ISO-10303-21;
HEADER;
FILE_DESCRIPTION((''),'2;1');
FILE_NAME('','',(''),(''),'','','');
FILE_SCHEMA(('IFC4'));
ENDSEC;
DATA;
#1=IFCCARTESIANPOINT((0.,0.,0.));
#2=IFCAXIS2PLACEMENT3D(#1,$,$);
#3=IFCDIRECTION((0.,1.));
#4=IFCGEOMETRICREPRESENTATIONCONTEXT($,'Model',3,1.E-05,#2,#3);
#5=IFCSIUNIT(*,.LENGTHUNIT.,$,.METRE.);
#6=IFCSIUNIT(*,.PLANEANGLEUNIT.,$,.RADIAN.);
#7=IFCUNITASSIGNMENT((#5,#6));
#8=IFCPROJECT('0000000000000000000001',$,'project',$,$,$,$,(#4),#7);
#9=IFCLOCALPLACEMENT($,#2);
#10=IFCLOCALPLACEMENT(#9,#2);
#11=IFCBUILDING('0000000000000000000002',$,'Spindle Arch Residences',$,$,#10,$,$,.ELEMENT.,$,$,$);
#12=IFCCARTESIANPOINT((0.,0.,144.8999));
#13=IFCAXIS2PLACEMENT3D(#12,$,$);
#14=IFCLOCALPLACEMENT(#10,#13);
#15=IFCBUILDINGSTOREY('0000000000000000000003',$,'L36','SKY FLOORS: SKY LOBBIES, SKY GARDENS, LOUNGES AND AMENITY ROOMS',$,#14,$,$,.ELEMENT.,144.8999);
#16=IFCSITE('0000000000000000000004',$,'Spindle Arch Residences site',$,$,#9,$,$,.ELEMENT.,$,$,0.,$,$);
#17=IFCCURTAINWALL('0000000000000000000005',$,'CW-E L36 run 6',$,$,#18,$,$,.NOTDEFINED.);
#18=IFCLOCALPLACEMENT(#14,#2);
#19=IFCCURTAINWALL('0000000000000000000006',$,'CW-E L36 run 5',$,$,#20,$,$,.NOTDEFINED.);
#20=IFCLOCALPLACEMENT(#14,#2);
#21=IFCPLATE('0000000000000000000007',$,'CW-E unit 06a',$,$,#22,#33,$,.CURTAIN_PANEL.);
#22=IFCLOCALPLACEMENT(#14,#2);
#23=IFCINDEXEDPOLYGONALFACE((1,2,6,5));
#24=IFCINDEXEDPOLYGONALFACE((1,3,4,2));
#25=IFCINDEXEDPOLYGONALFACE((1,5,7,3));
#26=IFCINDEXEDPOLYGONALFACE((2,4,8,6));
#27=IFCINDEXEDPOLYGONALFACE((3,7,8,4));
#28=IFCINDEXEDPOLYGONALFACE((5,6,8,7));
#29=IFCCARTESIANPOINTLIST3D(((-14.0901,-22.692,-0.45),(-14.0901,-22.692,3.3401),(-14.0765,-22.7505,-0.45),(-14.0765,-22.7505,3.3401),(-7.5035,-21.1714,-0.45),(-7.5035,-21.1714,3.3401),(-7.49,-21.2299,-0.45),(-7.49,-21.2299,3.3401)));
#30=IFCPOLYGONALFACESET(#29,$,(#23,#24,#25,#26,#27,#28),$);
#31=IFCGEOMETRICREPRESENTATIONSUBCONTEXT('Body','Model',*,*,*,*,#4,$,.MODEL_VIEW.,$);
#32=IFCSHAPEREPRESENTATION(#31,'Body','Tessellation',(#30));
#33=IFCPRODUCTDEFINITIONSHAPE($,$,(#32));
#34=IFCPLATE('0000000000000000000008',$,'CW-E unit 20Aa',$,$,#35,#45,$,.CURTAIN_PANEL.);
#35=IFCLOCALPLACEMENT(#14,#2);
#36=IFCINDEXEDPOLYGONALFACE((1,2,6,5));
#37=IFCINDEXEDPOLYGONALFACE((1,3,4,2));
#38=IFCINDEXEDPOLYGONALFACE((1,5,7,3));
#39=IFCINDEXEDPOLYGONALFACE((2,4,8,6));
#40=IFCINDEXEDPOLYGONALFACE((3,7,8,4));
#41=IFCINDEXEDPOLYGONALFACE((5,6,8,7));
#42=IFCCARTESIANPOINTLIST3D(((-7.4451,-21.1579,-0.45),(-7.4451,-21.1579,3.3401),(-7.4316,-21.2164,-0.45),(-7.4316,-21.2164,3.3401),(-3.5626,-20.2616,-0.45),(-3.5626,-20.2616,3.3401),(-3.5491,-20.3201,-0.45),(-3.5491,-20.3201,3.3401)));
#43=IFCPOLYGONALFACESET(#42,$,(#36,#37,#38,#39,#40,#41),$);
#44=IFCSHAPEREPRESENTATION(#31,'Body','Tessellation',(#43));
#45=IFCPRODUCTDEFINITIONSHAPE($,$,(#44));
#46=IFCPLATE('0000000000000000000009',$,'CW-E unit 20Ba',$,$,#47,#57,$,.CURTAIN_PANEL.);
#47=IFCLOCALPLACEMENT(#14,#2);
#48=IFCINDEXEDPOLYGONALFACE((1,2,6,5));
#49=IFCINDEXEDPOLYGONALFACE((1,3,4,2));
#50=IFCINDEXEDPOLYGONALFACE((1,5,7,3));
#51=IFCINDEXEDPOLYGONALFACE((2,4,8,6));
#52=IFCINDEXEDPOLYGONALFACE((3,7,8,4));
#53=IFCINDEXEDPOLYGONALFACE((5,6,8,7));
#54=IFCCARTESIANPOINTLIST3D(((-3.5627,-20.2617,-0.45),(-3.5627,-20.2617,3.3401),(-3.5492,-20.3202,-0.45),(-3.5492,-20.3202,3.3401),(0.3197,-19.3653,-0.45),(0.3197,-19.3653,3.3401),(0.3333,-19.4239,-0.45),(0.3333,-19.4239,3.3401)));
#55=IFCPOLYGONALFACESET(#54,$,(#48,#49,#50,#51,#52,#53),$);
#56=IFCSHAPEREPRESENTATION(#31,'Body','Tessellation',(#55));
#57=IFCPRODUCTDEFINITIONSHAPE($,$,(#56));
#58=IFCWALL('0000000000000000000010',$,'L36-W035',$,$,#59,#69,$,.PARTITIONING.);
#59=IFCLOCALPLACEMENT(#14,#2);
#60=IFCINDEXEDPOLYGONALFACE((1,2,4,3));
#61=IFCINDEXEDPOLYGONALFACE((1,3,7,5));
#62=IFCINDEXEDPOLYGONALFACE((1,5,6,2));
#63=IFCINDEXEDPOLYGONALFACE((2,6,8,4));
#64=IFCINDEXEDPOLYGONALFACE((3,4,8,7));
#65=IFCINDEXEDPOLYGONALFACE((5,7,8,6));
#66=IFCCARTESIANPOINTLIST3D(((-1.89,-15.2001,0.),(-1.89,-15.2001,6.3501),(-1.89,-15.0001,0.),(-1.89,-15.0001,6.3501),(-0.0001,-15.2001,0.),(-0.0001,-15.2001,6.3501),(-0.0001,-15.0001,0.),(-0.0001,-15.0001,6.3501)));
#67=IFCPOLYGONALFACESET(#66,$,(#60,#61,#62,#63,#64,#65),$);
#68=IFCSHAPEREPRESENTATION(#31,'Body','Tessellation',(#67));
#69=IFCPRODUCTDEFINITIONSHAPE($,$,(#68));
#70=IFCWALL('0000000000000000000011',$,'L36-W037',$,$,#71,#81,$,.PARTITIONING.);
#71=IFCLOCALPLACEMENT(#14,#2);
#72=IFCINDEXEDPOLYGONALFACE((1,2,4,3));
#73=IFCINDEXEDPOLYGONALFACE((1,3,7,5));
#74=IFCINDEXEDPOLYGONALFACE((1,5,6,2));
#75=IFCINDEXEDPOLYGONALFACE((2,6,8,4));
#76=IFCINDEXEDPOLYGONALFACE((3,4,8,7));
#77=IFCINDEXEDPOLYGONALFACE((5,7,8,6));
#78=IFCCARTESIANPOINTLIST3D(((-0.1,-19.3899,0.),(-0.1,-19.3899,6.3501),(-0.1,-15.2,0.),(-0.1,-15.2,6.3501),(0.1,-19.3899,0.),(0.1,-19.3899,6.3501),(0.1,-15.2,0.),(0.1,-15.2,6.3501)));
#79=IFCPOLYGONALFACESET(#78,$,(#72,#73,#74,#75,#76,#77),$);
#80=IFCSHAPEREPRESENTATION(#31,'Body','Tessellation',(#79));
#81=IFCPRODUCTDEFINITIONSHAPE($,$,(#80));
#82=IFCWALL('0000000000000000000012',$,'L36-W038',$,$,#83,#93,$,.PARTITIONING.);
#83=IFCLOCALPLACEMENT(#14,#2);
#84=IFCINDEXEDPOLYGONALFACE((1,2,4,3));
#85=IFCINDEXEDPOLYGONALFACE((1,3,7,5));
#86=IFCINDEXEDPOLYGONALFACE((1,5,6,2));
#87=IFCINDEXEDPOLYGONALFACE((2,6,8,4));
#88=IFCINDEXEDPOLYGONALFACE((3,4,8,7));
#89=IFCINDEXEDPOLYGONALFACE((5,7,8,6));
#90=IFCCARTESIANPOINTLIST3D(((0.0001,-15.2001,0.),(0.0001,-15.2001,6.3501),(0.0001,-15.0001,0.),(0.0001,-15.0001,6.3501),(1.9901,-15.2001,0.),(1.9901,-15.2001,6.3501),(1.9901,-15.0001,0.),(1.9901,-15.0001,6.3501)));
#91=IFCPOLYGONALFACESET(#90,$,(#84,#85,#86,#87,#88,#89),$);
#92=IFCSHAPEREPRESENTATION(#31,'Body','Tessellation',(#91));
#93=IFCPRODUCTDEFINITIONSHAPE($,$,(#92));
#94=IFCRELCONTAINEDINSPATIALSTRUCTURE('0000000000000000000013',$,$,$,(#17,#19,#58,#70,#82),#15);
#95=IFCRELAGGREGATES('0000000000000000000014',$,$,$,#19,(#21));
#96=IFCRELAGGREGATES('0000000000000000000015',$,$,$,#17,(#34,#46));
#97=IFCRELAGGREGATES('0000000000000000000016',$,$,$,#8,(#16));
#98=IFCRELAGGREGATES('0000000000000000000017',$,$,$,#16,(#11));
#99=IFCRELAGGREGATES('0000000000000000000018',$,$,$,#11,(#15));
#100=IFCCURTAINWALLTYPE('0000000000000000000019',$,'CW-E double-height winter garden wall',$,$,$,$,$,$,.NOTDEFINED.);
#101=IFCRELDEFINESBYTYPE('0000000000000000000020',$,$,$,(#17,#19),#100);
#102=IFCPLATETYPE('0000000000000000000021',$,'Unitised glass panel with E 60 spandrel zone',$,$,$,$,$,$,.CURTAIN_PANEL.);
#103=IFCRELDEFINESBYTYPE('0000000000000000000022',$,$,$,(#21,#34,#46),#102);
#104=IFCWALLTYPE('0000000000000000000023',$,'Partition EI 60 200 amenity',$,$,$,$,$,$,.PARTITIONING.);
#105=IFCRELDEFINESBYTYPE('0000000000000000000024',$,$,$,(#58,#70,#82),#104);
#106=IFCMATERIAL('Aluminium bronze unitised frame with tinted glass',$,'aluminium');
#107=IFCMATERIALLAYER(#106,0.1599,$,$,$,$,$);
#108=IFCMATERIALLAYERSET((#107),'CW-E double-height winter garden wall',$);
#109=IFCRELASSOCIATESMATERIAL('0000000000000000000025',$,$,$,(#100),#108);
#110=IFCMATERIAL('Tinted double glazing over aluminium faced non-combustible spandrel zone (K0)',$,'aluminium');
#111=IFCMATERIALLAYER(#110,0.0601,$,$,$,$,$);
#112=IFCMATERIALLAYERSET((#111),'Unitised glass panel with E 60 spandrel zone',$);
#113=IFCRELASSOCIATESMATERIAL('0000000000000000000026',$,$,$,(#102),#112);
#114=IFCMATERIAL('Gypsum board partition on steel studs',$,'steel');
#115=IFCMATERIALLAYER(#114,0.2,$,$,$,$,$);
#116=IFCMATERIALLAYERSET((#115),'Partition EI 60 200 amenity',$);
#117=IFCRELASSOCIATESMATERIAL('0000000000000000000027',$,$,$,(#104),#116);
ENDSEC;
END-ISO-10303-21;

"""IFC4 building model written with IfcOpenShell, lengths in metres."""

from ifc_helpers import new_model, si_unit, direction, frame, frame_2d, origin, origin_2d, place, context, subcontext, project, spatial, rectangle, extrude, material, layer, layer_set, type_object, element, aggregate, save


model = new_model("IFC4")

# Units and contexts
model_context = context("Model", 3, precision=1e-05, world=origin(), true_north=direction((0.0, 1.0)))
body_context = subcontext(model_context, "Body", "Model", "MODEL_VIEW")
ifc_project = project(units=[si_unit("LENGTHUNIT", "METRE"), si_unit("PLANEANGLEUNIT", "RADIAN")], contexts=[model_context])

# Site, building, storey
site_placement = place(None, origin())
site = spatial("IfcSite", under=ifc_project, at=site_placement, Name="Spindle Arch Residences site", CompositionType="ELEMENT", RefElevation=0.0)
building_placement = place(site_placement, origin())
building = spatial("IfcBuilding", under=site, at=building_placement, Name="Spindle Arch Residences", CompositionType="ELEMENT")
storey_placement = place(building_placement, frame((0.0, 0.0, 144.8999)))
storey = spatial("IfcBuildingStorey", under=building, at=storey_placement, Name="L36", Description="SKY FLOORS: SKY LOBBIES, SKY GARDENS, LOUNGES AND AMENITY ROOMS", CompositionType="ELEMENT", Elevation=144.8999)

# Curtain wall
ifc_material_1 = material(Name="Aluminium bronze unitised frame with tinted glass", Category="aluminium")
ifc_layer_1 = layer(ifc_material_1, 0.1599)
ifc_layer_set_1 = layer_set([ifc_layer_1], Name="CW-E double-height winter garden wall")
curtain_wall_type = type_object("IfcCurtainWallType", Name="CW-E double-height winter garden wall", PredefinedType="NOTDEFINED", material=ifc_layer_set_1)
curtain_wall_1_placement = place(storey_placement, origin())
curtain_wall_1 = element("IfcCurtainWall", 1, at=curtain_wall_1_placement, inside=storey, type_object=curtain_wall_type, Name="CW-E L36 run 6", PredefinedType="NOTDEFINED")

# Curtain wall
curtain_wall_2_placement = place(storey_placement, origin())
curtain_wall_2 = element("IfcCurtainWall", 2, at=curtain_wall_2_placement, inside=storey, type_object=curtain_wall_type, Name="CW-E L36 run 5", PredefinedType="NOTDEFINED")

# Plates
ifc_material_2 = material(Name="Tinted double glazing over aluminium faced non-combustible spandrel zone (K0)", Category="aluminium")
ifc_layer_2 = layer(ifc_material_2, 0.0601)
ifc_layer_set_2 = layer_set([ifc_layer_2], Name="Unitised glass panel with E 60 spandrel zone")
plate_type_1 = type_object("IfcPlateType", Name="Unitised glass panel with E 60 spandrel zone", PredefinedType="CURTAIN_PANEL", material=ifc_layer_set_2)
plate_1_placement = place(storey_placement, frame((-10.79, -21.9609, -0.45), z_axis=(0.0, 0.0, 1.0), x_axis=(0.97437, 0.224951, 0.0)))
plate_1 = element("IfcPlate", 3, at=plate_1_placement, type_object=plate_type_1, Name="CW-E unit 06a", PredefinedType="CURTAIN_PANEL", context=body_context, shape_type="SweptSolid", body=[
    extrude(rectangle(XDim=6.7598, YDim=0.0601, at=origin_2d()), origin(), (0.0, 0.0, 1.0), 3.79),
])
aggregate(curtain_wall_2, [plate_1])
plate_2_placement = place(storey_placement, frame((-5.4971, -20.739, -0.45), z_axis=(0.0, 0.0, 1.0), x_axis=(0.97437, 0.224951, 0.0)))
plate_2 = element("IfcPlate", 4, at=plate_2_placement, type_object=plate_type_1, Name="CW-E unit 20Aa", PredefinedType="CURTAIN_PANEL", context=body_context, shape_type="SweptSolid", body=[
    extrude(rectangle(XDim=3.9846, YDim=0.0601, at=origin_2d()), origin(), (0.0, 0.0, 1.0), 3.79),
])
plate_3_placement = place(storey_placement, frame((-1.6147, -19.8428, -0.45), z_axis=(0.0, 0.0, 1.0), x_axis=(0.97437, 0.224951, 0.0)))
plate_3 = element("IfcPlate", 5, at=plate_3_placement, type_object=plate_type_1, Name="CW-E unit 20Ba", PredefinedType="CURTAIN_PANEL", context=body_context, shape_type="SweptSolid", body=[
    extrude(rectangle(XDim=3.9846, YDim=0.0601, at=origin_2d()), origin(), (0.0, 0.0, 1.0), 3.79),
])
aggregate(curtain_wall_1, [plate_2, plate_3])

# Walls
ifc_material_3 = material(Name="Gypsum board partition on steel studs", Category="steel")
ifc_layer_3 = layer(ifc_material_3, 0.2)
ifc_layer_set_3 = layer_set([ifc_layer_3], Name="Partition EI 60 200 amenity")
wall_type = type_object("IfcWallType", Name="Partition EI 60 200 amenity", PredefinedType="PARTITIONING", material=ifc_layer_set_3)
wall_1_placement = place(storey_placement, frame((-1.8899, -15.1001, 0.0), z_axis=(0.0, 0.0, 1.0), x_axis=(1.0, 0.0, 0.0)))
element("IfcWall", 6, at=wall_1_placement, inside=storey, type_object=wall_type, Name="L36-W035", PredefinedType="PARTITIONING", context=body_context, shape_type="SweptSolid", body=[
    extrude(rectangle(XDim=1.8899, YDim=0.2, at=frame_2d((0.9448, 0.0))), origin(), (0.0, 0.0, 1.0), 6.3501),
])
wall_2_placement = place(storey_placement, frame((0.0, -15.2, 0.0), z_axis=(0.0, 0.0, 1.0), x_axis=(0.0, -1.0, 0.0)))
element("IfcWall", 7, at=wall_2_placement, inside=storey, type_object=wall_type, Name="L36-W037", PredefinedType="PARTITIONING", context=body_context, shape_type="SweptSolid", body=[
    extrude(rectangle(XDim=4.1899, YDim=0.2, at=frame_2d((2.095, 0.0))), origin(), (0.0, 0.0, 1.0), 6.3501),
])
wall_3_placement = place(storey_placement, frame((0.0, -15.1001, 0.0), z_axis=(0.0, 0.0, 1.0), x_axis=(1.0, 0.0, 0.0)))
element("IfcWall", 8, at=wall_3_placement, inside=storey, type_object=wall_type, Name="L36-W038", PredefinedType="PARTITIONING", context=body_context, shape_type="SweptSolid", body=[
    extrude(rectangle(XDim=1.99, YDim=0.2, at=frame_2d((0.9951, 0.0))), origin(), (0.0, 0.0, 1.0), 6.3501),
])

save(model, "model.ifc")
